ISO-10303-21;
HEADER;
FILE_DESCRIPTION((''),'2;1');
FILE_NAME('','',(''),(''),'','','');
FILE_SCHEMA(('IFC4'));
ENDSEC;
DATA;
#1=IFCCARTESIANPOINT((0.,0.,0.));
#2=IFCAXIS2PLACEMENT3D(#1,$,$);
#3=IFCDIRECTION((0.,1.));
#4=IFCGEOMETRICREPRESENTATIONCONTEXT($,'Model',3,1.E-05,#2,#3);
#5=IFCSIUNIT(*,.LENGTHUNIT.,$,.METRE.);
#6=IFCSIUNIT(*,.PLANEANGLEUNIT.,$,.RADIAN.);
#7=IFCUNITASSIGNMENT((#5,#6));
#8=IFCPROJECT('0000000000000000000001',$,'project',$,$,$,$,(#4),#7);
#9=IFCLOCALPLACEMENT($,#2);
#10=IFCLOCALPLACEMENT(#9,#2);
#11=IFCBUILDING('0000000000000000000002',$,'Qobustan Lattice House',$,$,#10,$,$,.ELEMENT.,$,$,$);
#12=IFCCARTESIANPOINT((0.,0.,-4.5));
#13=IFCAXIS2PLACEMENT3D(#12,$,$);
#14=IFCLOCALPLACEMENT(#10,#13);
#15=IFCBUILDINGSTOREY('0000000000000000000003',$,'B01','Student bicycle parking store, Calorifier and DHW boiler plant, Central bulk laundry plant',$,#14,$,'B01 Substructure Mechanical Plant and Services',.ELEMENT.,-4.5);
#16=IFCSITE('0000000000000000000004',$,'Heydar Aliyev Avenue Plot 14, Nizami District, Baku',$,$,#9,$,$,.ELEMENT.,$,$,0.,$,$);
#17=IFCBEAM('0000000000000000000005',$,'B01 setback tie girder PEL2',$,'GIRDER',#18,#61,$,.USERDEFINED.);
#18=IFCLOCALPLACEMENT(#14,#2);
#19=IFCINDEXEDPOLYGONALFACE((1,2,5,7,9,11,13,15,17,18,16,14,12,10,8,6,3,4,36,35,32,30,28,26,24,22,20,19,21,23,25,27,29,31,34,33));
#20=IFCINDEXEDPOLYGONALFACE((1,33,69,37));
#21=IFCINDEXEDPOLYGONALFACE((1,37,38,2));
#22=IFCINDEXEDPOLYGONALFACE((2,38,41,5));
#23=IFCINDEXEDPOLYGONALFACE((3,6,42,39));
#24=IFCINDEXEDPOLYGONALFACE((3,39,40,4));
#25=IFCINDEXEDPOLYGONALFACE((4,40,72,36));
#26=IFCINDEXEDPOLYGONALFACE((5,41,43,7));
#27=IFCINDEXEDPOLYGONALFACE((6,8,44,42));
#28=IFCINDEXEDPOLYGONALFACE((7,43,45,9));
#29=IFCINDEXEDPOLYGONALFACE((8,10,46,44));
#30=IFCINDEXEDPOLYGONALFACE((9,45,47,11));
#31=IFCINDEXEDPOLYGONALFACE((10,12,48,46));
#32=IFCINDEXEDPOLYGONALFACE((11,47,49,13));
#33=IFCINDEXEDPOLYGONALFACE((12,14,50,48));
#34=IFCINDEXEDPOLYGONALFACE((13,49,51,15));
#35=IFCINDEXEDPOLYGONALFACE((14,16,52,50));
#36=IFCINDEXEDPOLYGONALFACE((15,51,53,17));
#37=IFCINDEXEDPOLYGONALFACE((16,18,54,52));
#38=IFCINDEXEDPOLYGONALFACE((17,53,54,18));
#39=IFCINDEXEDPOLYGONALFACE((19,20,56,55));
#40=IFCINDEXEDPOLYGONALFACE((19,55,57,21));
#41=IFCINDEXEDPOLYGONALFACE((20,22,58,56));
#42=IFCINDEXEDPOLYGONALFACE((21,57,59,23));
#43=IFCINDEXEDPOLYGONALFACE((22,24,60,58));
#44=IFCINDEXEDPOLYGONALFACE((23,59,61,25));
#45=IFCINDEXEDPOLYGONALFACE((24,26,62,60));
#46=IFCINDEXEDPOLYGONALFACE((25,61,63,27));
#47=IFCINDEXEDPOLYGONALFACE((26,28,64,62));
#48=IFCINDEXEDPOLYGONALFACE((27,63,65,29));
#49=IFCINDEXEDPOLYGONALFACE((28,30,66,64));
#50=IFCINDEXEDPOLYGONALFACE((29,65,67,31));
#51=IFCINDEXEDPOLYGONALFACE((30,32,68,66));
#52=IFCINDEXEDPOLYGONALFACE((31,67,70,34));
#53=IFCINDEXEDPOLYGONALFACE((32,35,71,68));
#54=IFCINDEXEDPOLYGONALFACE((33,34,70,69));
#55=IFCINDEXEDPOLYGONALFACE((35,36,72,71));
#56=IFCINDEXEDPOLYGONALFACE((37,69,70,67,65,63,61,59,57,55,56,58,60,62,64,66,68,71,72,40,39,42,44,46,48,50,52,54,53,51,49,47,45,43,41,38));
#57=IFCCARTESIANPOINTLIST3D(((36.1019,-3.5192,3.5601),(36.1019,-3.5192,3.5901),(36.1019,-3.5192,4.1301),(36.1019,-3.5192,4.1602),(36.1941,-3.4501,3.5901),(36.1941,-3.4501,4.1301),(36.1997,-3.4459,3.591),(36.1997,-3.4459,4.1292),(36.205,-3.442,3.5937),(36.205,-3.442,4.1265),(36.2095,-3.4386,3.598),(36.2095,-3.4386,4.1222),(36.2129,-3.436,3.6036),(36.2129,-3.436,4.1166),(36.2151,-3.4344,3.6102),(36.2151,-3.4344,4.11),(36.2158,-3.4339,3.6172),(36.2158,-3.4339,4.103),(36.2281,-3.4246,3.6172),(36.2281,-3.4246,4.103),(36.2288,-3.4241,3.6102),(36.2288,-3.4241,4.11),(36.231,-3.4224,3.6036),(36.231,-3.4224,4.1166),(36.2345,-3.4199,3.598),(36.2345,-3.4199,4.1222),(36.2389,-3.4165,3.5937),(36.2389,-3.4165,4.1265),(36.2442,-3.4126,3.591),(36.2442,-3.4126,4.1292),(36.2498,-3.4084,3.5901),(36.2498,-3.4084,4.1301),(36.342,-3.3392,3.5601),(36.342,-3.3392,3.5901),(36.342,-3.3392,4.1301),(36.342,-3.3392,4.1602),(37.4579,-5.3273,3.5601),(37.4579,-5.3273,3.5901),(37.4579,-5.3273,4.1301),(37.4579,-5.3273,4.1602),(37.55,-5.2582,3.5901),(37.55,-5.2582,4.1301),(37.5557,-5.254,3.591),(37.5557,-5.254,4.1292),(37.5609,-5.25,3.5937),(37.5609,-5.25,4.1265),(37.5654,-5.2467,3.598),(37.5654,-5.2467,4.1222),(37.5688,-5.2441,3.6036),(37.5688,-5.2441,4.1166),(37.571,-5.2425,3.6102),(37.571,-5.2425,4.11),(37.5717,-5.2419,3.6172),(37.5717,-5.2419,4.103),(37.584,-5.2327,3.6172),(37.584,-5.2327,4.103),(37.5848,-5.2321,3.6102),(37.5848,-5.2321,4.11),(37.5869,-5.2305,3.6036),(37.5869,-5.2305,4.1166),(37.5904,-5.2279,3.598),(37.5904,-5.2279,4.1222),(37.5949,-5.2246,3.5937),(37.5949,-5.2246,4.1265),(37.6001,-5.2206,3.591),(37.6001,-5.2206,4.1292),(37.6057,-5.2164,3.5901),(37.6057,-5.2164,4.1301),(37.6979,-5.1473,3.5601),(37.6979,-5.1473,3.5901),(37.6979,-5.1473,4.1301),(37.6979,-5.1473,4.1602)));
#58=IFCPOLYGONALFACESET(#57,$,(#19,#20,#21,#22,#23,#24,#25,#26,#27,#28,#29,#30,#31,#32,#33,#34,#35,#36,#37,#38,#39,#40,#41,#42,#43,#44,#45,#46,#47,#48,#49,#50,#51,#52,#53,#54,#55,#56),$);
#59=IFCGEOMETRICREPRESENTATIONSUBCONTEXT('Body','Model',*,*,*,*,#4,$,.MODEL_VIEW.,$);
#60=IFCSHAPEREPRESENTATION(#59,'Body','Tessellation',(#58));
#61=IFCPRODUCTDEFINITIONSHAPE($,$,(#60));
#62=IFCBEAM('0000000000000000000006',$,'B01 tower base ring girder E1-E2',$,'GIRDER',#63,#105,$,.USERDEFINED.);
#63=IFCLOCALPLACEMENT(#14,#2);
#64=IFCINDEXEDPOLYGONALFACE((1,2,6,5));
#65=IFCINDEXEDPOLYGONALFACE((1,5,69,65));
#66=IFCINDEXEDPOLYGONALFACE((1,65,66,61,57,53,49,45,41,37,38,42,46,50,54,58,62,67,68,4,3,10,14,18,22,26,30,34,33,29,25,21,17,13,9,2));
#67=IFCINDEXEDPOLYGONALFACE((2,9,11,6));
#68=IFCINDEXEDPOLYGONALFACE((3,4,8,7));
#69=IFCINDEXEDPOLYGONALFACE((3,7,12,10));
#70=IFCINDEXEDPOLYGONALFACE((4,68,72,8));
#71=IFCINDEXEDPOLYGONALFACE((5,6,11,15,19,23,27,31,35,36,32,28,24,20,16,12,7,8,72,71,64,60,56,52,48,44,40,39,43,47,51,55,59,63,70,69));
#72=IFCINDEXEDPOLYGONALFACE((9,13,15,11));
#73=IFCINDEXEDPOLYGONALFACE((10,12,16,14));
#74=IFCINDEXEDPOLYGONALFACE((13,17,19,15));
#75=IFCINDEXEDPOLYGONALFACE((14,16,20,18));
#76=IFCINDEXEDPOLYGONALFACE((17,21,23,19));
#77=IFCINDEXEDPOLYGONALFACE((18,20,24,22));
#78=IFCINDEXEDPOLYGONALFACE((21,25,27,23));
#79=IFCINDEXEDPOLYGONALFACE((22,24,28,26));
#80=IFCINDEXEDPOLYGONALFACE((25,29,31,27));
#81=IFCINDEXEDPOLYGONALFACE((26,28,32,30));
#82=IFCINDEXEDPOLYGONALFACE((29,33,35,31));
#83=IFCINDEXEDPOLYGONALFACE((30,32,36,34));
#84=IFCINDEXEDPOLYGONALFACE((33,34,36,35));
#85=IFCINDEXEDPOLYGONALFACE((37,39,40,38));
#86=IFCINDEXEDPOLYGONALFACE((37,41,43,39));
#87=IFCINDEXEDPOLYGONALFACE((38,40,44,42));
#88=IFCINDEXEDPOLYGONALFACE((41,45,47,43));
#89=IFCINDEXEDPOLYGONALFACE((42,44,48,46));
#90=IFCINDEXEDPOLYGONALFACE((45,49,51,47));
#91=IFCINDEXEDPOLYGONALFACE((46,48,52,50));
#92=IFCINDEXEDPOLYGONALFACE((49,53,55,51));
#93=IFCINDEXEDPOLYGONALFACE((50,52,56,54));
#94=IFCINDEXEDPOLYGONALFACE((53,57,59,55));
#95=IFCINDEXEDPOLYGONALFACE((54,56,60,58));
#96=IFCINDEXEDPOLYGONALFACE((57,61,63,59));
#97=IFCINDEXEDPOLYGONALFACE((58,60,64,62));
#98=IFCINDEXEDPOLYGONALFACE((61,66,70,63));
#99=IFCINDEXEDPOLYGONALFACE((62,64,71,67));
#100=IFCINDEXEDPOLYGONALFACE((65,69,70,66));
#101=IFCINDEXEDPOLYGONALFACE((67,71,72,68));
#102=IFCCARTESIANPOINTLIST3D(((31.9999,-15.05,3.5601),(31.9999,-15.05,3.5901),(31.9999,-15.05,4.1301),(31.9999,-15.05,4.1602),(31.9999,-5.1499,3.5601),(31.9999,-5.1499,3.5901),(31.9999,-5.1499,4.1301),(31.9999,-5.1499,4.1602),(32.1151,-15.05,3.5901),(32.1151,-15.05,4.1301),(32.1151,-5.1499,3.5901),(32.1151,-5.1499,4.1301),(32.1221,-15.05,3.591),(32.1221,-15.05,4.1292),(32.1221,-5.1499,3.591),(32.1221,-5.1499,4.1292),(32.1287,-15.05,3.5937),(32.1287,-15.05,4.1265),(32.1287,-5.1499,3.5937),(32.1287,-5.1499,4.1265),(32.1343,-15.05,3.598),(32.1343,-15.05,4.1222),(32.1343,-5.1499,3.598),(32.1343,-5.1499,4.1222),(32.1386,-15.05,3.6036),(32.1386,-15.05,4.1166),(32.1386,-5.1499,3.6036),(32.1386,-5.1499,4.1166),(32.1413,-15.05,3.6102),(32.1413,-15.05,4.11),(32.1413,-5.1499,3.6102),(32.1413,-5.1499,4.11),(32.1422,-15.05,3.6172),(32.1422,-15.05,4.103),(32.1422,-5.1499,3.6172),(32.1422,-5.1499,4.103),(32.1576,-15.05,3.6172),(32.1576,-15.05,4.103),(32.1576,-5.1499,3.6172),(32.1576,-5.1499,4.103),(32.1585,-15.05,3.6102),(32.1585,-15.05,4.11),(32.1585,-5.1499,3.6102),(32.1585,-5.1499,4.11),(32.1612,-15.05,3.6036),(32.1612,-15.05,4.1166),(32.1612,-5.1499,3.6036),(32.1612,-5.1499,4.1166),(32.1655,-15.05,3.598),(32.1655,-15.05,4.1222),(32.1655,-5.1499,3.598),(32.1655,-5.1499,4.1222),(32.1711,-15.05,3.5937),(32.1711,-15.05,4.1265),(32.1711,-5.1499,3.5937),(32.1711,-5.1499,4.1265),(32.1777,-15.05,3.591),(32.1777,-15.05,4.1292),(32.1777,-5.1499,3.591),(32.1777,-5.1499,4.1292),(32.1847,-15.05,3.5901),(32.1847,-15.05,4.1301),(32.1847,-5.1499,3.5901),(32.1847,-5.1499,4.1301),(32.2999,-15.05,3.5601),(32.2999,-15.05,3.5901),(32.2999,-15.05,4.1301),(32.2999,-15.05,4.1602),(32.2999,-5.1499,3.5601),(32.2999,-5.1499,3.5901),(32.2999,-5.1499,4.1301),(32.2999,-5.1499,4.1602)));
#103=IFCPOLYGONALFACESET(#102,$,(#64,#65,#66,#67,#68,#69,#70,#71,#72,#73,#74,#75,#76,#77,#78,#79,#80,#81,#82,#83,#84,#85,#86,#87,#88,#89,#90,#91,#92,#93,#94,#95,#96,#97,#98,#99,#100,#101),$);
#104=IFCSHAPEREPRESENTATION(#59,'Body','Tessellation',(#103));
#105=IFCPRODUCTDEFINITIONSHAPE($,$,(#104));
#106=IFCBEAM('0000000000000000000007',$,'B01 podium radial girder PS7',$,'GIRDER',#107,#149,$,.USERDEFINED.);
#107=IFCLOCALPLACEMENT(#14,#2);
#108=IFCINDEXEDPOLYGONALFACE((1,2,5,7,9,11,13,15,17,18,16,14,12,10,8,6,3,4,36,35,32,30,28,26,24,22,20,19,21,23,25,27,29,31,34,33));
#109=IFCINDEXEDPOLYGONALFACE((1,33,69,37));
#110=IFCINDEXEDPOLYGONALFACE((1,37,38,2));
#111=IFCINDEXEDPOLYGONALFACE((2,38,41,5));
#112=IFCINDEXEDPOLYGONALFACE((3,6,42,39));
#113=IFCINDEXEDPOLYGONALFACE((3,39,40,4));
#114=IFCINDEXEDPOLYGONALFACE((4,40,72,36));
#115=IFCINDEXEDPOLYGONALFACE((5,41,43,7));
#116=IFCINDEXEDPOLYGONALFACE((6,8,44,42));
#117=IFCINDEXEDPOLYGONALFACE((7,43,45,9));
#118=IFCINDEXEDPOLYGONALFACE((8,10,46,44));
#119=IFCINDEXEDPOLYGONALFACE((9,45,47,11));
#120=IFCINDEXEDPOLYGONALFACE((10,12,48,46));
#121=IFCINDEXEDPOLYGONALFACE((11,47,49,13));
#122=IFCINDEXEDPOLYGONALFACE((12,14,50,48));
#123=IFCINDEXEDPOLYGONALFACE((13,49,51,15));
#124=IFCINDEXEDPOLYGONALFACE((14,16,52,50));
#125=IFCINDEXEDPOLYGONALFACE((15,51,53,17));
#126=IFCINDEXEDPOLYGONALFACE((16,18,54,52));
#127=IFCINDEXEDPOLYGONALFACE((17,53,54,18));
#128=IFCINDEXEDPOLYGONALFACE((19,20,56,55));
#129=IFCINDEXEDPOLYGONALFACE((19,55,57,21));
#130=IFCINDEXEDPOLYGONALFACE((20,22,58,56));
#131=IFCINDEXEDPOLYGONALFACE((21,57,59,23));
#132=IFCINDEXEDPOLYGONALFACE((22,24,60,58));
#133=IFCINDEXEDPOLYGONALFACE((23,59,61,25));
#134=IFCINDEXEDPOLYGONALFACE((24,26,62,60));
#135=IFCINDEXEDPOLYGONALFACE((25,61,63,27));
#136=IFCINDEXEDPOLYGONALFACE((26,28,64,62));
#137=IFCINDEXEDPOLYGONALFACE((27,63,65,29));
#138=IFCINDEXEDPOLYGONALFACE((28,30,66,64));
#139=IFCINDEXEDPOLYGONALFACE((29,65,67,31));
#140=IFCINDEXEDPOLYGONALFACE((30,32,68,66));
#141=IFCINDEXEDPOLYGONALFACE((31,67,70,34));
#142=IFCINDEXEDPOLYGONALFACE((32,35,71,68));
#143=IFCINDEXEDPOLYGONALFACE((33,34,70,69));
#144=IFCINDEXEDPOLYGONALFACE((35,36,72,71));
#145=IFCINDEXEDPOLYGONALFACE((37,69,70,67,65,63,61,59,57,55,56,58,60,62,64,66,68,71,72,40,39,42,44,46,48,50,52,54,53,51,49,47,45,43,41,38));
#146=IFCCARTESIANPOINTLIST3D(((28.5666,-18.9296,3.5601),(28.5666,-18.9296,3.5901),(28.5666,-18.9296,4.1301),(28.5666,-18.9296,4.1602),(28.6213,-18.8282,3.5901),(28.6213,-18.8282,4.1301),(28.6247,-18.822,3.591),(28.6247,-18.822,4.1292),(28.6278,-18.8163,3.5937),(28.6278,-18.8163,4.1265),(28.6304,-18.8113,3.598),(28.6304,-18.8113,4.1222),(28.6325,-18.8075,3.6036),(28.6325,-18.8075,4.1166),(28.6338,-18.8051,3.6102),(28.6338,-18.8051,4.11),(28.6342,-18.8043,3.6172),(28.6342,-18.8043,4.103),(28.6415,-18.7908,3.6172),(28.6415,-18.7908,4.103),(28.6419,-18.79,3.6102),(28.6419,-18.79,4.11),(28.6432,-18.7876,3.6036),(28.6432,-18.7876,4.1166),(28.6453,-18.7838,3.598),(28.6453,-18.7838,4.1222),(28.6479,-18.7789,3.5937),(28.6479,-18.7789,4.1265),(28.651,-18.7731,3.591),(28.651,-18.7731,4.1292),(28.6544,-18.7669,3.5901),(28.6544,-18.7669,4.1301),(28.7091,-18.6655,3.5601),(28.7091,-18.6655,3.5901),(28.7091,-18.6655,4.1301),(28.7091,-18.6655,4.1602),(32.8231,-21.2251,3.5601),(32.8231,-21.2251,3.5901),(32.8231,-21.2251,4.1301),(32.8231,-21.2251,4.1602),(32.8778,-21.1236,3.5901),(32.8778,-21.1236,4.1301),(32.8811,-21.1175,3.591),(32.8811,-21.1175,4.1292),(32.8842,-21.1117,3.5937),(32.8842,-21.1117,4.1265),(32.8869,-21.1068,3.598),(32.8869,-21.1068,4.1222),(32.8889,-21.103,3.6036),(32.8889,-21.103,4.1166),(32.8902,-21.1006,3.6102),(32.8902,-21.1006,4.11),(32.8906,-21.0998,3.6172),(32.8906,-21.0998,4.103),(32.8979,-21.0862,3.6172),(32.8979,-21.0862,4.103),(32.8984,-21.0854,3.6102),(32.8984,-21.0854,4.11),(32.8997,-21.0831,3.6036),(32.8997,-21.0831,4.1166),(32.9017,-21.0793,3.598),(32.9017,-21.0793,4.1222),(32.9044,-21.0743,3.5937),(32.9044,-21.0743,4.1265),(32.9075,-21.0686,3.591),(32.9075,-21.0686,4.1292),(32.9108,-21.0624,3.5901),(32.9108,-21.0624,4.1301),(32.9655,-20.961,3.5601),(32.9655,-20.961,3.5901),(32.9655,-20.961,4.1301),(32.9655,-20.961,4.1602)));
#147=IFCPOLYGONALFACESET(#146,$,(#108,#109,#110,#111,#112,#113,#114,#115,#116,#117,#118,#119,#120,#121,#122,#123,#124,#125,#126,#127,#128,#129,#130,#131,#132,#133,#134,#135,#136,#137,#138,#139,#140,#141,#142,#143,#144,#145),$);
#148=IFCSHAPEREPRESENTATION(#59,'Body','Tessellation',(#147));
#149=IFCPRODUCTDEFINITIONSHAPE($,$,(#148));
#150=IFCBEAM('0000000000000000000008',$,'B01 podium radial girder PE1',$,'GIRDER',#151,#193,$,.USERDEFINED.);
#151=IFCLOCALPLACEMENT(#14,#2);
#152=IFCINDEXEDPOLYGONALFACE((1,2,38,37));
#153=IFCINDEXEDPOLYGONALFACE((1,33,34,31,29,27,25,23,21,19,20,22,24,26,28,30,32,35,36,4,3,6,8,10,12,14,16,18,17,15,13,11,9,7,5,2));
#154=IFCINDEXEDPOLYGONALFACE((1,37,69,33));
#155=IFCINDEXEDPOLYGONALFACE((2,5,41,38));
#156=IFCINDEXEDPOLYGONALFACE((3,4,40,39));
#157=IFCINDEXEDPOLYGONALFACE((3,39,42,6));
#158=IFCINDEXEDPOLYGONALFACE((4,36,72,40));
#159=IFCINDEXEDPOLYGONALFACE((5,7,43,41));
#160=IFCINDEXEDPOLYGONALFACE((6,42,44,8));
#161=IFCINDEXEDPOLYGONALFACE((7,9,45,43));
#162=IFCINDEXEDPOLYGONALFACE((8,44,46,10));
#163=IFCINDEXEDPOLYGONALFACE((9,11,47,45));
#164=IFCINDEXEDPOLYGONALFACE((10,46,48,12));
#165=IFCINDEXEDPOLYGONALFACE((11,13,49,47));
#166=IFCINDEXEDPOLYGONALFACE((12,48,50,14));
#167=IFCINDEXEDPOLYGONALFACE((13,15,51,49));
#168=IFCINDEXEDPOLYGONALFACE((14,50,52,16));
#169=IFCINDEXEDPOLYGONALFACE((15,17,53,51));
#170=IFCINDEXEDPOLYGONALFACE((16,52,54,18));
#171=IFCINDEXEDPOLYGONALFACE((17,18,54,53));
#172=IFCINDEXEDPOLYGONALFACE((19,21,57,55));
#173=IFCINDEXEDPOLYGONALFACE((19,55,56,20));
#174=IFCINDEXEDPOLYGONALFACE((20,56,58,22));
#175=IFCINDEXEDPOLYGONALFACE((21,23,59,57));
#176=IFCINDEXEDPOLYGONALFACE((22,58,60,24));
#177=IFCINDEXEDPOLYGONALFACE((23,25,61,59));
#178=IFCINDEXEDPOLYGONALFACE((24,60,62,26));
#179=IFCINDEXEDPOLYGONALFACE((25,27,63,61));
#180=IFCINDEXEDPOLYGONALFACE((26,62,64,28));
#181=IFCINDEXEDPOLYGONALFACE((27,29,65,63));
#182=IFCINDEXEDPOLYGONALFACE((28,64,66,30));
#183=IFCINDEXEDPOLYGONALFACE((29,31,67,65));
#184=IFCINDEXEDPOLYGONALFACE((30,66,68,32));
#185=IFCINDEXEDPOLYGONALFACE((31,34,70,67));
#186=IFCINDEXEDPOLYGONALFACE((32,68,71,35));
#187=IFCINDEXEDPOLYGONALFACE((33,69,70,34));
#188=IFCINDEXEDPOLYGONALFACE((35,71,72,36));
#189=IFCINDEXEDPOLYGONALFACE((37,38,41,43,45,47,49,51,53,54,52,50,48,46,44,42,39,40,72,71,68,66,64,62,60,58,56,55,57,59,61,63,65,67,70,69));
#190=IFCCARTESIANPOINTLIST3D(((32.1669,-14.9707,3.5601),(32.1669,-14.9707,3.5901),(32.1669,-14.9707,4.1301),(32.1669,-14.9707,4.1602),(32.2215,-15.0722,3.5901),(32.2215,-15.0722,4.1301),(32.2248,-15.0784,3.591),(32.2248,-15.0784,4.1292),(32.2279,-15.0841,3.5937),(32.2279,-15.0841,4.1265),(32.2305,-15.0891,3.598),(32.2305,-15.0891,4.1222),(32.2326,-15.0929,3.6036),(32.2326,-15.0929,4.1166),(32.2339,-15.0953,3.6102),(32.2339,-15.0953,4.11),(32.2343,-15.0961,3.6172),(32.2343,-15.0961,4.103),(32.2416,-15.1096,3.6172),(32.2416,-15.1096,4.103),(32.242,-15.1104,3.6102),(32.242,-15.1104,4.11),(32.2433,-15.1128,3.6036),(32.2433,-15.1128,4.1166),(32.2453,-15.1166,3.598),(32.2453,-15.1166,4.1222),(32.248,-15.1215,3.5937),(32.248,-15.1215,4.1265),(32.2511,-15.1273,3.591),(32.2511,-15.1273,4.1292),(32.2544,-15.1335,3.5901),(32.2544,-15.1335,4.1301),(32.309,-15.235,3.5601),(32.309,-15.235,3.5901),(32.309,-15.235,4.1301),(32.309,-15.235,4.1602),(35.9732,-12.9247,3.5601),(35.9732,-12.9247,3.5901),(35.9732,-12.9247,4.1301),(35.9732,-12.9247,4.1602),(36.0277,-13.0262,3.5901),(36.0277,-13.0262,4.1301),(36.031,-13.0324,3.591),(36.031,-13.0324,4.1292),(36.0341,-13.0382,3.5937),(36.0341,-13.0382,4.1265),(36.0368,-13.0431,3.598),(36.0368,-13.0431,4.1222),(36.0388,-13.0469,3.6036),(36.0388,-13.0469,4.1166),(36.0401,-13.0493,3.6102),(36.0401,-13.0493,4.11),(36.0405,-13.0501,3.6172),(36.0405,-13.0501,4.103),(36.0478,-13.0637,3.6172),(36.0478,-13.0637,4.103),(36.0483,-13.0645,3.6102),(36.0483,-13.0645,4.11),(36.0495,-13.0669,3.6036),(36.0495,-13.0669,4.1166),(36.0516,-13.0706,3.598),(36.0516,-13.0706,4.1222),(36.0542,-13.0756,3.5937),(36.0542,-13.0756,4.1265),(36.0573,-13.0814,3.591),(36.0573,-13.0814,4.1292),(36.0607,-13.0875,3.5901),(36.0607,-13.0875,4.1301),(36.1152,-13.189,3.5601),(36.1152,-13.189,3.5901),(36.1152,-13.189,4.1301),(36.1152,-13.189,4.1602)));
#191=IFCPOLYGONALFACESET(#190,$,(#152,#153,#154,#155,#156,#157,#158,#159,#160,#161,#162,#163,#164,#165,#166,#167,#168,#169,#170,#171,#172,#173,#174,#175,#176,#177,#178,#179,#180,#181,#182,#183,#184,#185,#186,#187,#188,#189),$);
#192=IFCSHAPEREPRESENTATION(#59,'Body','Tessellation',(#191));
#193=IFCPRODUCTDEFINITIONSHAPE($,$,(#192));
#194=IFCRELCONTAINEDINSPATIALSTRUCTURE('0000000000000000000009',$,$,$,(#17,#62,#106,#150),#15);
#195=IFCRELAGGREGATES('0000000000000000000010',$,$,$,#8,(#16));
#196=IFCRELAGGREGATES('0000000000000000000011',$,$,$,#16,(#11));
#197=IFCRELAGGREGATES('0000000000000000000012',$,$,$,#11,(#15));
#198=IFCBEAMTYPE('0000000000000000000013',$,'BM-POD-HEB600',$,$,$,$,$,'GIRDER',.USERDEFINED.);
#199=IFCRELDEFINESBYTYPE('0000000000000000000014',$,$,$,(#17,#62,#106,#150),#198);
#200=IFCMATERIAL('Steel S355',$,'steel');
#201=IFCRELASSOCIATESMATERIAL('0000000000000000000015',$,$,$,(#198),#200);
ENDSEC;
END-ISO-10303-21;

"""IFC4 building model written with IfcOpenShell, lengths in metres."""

from ifc_helpers import new_model, si_unit, direction, frame, origin, origin_2d, place, context, subcontext, project, spatial, i_section, extrude, material, material_profile, profile_set, type_object, element, save


model = new_model("IFC4")

# Units and contexts
model_context = context("Model", 3, precision=1e-05, world=origin(), true_north=direction((0.0, 1.0)))
body_context = subcontext(model_context, "Body", "Model", "MODEL_VIEW")
ifc_project = project(units=[si_unit("LENGTHUNIT", "METRE"), si_unit("PLANEANGLEUNIT", "RADIAN")], contexts=[model_context])

# Site, building, storey
site_placement = place(None, origin())
site = spatial("IfcSite", under=ifc_project, at=site_placement, Name="Heydar Aliyev Avenue Plot 14, Nizami District, Baku", CompositionType="ELEMENT", RefElevation=0.0)
building_placement = place(site_placement, origin())
building = spatial("IfcBuilding", under=site, at=building_placement, Name="Qobustan Lattice House", CompositionType="ELEMENT")
storey_placement = place(building_placement, frame((0.0, 0.0, -4.5)))
storey = spatial("IfcBuildingStorey", under=building, at=storey_placement, Name="B01", Description="Student bicycle parking store, Calorifier and DHW boiler plant, Central bulk laundry plant", LongName="B01 Substructure Mechanical Plant and Services", CompositionType="ELEMENT", Elevation=-4.5)

# Beams
ifc_material_1 = material(Name="Steel S355", Category="steel")
ifc_material_profile_1 = material_profile(ifc_material_1, i_section(OverallWidth=0.3, OverallDepth=0.6001, WebThickness=0.0154, FlangeThickness=0.03, FilletRadius=0.0271, at=origin_2d()), Name="HEB600")
ifc_profile_set_1 = profile_set([ifc_material_profile_1], Name="Steel S355")
beam_type_1 = type_object("IfcBeamType", Name="BM-POD-HEB600", ElementType="GIRDER", PredefinedType="USERDEFINED", material=ifc_profile_set_1)
beam_1_placement = place(storey_placement, frame((37.5779, -5.2373, 3.8601), z_axis=(-0.599965, 0.800026, 0.0), x_axis=(-0.800026, -0.599965, 0.0)))
element("IfcBeam", 1, at=beam_1_placement, inside=storey, type_object=beam_type_1, Name="B01 setback tie girder PEL2", ObjectType="GIRDER", PredefinedType="USERDEFINED", context=body_context, shape_type="SweptSolid", body=[
    extrude(i_section(OverallWidth=0.3, OverallDepth=0.6001, WebThickness=0.0154, FlangeThickness=0.03, FilletRadius=0.0271, at=origin_2d()), origin(), (0.0, 0.0, 1.0), 2.26),
])
beam_2_placement = place(storey_placement, frame((32.1499, -15.05, 3.8601), z_axis=(0.0, 1.0, 0.0), x_axis=(-1.0, 0.0, 0.0)))
element("IfcBeam", 2, at=beam_2_placement, inside=storey, type_object=beam_type_1, Name="B01 tower base ring girder E1-E2", ObjectType="GIRDER", PredefinedType="USERDEFINED", context=body_context, shape_type="SweptSolid", body=[
    extrude(i_section(OverallWidth=0.3, OverallDepth=0.6001, WebThickness=0.0154, FlangeThickness=0.03, FilletRadius=0.0271, at=origin_2d()), origin(), (0.0, 0.0, 1.0), 9.9001),
])
beam_3_placement = place(storey_placement, frame((32.8943, -21.093, 3.8601), z_axis=(-0.880166, 0.474666, 0.0), x_axis=(-0.474666, -0.880166, 0.0)))
element("IfcBeam", 3, at=beam_3_placement, inside=storey, type_object=beam_type_1, Name="B01 podium radial girder PS7", ObjectType="GIRDER", PredefinedType="USERDEFINED", context=body_context, shape_type="SweptSolid", body=[
    extrude(i_section(OverallWidth=0.3, OverallDepth=0.6001, WebThickness=0.0154, FlangeThickness=0.03, FilletRadius=0.0271, at=origin_2d()), origin(), (0.0, 0.0, 1.0), 4.8359),
])
beam_4_placement = place(storey_placement, frame((36.0442, -13.0569, 3.8601), z_axis=(-0.880816, -0.47346, 0.0), x_axis=(0.47346, -0.880816, 0.0)))
element("IfcBeam", 4, at=beam_4_placement, inside=storey, type_object=beam_type_1, Name="B01 podium radial girder PE1", ObjectType="GIRDER", PredefinedType="USERDEFINED", context=body_context, shape_type="SweptSolid", body=[
    extrude(i_section(OverallWidth=0.3, OverallDepth=0.6001, WebThickness=0.0154, FlangeThickness=0.03, FilletRadius=0.0271, at=origin_2d()), origin(), (0.0, 0.0, 1.0), 4.3213),
])

save(model, "model.ifc")
